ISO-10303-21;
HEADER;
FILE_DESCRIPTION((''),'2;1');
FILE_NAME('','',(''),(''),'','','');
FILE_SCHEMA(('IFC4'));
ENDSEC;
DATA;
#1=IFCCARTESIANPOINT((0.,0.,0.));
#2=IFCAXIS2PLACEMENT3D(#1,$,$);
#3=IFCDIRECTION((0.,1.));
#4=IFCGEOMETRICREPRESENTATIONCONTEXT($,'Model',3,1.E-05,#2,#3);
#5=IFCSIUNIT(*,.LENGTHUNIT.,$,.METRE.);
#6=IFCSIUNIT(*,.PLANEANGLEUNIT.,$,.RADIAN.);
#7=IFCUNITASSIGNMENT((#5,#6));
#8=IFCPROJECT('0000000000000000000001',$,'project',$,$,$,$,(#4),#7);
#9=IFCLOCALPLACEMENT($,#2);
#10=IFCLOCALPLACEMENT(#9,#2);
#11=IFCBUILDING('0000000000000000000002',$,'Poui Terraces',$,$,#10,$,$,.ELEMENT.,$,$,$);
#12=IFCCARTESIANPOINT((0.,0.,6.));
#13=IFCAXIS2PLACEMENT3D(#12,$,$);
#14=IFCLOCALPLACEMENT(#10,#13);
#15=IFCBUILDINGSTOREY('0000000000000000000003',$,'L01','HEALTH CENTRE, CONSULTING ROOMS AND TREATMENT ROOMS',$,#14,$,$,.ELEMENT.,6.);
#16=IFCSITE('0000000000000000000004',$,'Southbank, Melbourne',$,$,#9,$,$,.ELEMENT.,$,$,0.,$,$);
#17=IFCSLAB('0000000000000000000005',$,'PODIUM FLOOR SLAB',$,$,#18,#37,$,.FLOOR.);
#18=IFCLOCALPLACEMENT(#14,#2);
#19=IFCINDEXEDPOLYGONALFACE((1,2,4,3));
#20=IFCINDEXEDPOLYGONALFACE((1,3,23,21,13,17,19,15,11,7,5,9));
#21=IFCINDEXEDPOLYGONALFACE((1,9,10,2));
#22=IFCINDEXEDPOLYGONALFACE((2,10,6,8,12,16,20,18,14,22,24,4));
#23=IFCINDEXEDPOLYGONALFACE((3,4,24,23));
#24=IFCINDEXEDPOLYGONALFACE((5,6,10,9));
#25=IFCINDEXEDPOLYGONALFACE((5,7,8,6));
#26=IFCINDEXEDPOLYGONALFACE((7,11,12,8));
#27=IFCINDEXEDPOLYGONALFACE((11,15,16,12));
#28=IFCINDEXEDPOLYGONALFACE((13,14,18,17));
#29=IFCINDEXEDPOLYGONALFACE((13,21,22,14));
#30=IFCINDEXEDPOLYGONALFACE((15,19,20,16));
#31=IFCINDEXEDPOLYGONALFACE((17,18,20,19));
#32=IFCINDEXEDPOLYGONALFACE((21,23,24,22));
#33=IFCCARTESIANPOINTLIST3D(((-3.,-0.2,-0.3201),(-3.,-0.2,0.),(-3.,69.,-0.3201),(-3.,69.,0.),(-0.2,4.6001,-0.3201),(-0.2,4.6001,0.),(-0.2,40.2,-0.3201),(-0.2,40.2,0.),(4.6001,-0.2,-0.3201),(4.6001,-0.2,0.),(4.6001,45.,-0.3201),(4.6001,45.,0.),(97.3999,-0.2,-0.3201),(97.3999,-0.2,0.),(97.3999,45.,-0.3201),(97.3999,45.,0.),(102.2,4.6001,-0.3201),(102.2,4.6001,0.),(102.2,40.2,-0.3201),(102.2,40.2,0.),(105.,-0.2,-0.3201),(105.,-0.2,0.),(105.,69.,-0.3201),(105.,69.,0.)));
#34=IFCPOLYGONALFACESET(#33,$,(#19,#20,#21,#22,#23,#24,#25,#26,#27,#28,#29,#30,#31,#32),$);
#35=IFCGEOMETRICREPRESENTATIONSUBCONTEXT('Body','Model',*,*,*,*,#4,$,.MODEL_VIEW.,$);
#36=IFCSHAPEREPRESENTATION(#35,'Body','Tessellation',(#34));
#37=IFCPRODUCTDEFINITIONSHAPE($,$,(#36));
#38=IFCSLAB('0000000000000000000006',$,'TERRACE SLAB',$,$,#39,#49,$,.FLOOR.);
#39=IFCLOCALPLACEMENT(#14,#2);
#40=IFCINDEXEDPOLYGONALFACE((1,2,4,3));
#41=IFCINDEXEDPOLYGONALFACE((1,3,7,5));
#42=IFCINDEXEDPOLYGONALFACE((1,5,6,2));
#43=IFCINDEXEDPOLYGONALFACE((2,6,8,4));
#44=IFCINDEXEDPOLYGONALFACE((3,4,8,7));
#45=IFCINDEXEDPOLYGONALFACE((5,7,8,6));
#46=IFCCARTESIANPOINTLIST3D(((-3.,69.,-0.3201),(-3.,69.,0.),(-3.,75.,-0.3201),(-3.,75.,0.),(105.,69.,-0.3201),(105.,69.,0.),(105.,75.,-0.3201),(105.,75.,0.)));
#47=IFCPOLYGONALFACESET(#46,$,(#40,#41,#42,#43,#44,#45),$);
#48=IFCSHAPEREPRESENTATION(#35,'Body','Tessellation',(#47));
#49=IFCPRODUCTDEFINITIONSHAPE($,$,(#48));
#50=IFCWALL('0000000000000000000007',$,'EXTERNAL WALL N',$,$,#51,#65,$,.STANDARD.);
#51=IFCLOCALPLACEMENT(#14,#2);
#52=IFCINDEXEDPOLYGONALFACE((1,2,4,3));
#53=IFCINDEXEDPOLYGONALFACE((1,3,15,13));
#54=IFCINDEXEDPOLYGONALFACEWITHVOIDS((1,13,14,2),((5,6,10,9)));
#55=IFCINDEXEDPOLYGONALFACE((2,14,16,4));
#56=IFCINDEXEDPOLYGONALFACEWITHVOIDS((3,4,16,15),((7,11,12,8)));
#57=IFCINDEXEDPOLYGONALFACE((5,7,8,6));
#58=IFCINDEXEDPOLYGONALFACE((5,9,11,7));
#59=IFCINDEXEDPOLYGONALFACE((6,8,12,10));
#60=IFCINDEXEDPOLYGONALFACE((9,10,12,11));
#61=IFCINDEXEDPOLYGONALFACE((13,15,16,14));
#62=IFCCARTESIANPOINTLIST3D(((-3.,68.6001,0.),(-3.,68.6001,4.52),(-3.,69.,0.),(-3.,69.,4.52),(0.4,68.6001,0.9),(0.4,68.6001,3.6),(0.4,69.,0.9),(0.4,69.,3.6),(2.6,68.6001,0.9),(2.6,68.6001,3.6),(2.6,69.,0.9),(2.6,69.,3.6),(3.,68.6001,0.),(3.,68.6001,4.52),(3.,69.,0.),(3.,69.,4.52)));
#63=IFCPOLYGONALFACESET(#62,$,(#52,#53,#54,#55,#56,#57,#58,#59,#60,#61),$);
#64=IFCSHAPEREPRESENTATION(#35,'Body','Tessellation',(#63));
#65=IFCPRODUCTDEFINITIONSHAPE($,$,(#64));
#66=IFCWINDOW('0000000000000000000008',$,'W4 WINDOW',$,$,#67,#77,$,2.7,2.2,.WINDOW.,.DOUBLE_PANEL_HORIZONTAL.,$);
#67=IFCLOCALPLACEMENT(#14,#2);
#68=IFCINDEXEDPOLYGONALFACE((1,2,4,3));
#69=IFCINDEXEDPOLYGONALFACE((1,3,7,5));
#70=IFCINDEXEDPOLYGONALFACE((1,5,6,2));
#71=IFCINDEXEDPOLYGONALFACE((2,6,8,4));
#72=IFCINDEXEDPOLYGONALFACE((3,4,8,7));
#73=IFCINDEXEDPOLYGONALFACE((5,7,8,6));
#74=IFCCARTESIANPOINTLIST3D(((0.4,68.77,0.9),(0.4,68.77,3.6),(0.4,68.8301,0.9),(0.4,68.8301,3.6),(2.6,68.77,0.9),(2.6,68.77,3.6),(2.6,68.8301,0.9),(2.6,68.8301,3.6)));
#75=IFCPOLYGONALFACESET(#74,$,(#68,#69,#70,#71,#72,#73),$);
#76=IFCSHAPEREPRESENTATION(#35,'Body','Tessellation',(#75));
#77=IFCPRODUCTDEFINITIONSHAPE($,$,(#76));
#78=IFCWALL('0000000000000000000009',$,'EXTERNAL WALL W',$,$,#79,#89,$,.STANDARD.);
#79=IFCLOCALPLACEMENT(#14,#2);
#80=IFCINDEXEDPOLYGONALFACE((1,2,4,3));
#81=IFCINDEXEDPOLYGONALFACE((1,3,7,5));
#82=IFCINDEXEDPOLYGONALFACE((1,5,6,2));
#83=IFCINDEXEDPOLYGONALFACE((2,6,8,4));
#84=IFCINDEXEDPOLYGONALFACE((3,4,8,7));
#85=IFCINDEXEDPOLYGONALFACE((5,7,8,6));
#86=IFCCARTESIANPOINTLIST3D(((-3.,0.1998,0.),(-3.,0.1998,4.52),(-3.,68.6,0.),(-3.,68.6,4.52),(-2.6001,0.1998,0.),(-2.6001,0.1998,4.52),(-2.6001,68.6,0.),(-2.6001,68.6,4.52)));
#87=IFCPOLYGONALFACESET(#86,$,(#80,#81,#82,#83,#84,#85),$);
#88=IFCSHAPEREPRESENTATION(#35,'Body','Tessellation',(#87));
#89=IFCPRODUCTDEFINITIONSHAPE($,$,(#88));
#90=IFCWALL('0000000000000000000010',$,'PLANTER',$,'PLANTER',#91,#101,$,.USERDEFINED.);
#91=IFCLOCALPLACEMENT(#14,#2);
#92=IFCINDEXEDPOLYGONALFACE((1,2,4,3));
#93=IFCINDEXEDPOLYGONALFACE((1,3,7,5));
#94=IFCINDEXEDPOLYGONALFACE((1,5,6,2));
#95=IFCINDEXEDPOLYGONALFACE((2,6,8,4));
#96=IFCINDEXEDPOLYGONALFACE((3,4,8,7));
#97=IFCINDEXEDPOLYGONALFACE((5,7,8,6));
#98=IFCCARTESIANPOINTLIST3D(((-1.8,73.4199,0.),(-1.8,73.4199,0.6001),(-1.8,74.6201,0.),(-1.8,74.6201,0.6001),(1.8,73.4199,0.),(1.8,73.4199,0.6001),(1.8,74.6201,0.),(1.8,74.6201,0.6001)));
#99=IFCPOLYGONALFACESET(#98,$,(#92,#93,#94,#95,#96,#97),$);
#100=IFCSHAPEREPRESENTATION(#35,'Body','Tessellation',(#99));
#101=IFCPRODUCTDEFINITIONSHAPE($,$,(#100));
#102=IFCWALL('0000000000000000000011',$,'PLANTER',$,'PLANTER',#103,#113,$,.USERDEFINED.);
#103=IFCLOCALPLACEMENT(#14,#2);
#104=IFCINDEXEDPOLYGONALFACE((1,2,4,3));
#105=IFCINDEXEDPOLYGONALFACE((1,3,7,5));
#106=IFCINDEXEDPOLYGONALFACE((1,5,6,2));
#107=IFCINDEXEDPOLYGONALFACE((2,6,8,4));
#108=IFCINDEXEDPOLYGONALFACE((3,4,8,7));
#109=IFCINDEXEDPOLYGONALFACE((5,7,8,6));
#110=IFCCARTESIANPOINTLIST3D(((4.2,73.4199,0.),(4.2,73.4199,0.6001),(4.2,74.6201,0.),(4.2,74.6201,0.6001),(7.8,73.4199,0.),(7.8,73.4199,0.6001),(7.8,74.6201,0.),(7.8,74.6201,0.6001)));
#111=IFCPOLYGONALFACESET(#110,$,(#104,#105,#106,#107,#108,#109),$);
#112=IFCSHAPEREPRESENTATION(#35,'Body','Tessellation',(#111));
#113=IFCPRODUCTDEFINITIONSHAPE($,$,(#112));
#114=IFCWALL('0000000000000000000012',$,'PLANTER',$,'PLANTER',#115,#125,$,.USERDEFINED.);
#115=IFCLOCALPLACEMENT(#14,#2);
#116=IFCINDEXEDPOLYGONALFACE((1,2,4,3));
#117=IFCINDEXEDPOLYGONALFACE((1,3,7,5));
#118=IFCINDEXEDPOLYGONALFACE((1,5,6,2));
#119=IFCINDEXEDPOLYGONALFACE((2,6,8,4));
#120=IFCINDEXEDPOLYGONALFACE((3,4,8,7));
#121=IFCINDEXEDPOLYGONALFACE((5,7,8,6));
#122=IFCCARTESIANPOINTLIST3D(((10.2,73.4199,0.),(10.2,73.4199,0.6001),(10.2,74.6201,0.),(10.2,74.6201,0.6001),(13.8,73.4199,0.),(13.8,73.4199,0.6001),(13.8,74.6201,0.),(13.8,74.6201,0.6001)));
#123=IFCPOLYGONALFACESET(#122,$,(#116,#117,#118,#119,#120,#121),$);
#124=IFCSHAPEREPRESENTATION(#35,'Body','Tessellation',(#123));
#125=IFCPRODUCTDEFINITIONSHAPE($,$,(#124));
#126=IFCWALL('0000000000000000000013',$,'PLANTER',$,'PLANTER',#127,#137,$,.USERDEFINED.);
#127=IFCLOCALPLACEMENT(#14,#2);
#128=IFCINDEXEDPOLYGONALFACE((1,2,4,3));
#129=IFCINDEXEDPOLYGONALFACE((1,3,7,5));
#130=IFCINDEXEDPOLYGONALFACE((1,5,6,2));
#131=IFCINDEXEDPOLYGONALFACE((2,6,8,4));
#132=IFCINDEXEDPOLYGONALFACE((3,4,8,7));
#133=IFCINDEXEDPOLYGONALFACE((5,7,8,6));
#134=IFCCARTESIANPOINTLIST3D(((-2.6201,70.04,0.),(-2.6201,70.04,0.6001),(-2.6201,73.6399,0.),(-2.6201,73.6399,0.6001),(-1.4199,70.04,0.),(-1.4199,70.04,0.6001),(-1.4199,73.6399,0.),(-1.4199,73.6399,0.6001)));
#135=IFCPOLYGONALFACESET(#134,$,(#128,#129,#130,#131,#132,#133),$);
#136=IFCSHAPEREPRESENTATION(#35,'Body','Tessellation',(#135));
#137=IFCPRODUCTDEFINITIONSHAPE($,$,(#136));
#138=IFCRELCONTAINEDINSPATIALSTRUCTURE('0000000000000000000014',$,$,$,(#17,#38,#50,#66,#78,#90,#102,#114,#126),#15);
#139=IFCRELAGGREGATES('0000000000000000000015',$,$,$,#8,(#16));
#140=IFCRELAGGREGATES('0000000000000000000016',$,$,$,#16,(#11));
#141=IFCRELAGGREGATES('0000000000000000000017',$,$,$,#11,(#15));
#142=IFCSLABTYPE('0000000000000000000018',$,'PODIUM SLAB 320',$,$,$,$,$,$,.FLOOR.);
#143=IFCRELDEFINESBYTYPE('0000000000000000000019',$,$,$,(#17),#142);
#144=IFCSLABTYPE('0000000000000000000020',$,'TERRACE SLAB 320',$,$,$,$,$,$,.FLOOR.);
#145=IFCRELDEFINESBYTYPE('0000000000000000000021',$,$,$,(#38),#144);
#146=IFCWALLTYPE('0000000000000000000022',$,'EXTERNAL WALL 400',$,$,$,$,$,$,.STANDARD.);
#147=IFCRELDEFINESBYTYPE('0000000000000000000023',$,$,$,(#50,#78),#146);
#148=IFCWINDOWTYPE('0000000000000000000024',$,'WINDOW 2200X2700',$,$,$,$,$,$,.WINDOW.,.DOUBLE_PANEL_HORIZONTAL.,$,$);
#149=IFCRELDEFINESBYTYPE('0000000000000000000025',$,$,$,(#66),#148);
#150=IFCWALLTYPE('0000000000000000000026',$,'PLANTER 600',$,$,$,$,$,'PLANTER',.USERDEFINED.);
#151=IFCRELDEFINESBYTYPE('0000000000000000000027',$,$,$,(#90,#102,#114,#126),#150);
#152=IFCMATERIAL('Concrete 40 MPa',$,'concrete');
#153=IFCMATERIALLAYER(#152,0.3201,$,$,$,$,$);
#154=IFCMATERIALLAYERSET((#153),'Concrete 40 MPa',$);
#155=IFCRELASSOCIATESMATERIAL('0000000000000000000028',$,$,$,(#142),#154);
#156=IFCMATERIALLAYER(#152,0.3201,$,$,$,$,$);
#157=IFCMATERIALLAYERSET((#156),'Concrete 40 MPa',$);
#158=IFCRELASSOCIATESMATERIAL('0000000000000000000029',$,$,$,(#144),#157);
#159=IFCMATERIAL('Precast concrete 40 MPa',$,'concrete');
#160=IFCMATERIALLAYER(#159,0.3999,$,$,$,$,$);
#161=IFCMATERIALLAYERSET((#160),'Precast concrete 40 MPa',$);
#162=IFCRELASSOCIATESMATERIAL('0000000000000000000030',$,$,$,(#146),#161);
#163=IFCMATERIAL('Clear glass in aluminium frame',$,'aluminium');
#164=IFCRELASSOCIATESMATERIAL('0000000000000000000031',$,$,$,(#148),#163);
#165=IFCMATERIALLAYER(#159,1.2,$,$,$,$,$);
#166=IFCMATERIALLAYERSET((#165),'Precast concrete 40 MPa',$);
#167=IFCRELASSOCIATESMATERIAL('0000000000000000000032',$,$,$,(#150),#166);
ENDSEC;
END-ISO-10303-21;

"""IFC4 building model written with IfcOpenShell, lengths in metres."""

from ifc_helpers import new_model, si_unit, direction, frame, frame_2d, origin, place, context, subcontext, project, spatial, polyline, rectangle, outline, extrude, source, transform, mapped, material, layer, layer_set, type_object, element, fill, save


model = new_model("IFC4")

# Units and contexts
model_context = context("Model", 3, precision=1e-05, world=origin(), true_north=direction((0.0, 1.0)))
body_context = subcontext(model_context, "Body", "Model", "MODEL_VIEW")
ifc_project = project(units=[si_unit("LENGTHUNIT", "METRE"), si_unit("PLANEANGLEUNIT", "RADIAN")], contexts=[model_context])

# Site, building, storey
site_placement = place(None, origin())
site = spatial("IfcSite", under=ifc_project, at=site_placement, Name="Southbank, Melbourne", CompositionType="ELEMENT", RefElevation=0.0)
building_placement = place(site_placement, origin())
building = spatial("IfcBuilding", under=site, at=building_placement, Name="Poui Terraces", CompositionType="ELEMENT")
storey_placement = place(building_placement, frame((0.0, 0.0, 6.0)))
storey = spatial("IfcBuildingStorey", under=building, at=storey_placement, Name="L01", Description="HEALTH CENTRE, CONSULTING ROOMS AND TREATMENT ROOMS", CompositionType="ELEMENT", Elevation=6.0)

# Slabs
ifc_material_1 = material(Name="Concrete 40 MPa", Category="concrete")
ifc_layer_1 = layer(ifc_material_1, 0.3201)
ifc_layer_set_1 = layer_set([ifc_layer_1], Name="Concrete 40 MPa")
slab_type_1 = type_object("IfcSlabType", Name="PODIUM SLAB 320", PredefinedType="FLOOR", material=ifc_layer_set_1)
shared_shape_1 = source(origin(), body_context, "Body", "SweptSolid", [
    extrude(outline(polyline([(0.0, 0.0), (0.0, -69.2), (7.6001, -69.2), (2.8, -64.3999), (2.8, -28.8), (7.6001, -24.0), (100.3999, -24.0), (105.2, -28.8), (105.2, -64.3999), (100.3999, -69.2), (108.0, -69.2), (108.0, 0.0), (0.0, 0.0)])), origin(), (0.0, 0.0, 1.0), 0.3201),
])
slab_1_placement = place(storey_placement, frame((-3.0, 69.0, -0.3201)))
element("IfcSlab", 1, at=slab_1_placement, inside=storey, type_object=slab_type_1, Name="PODIUM FLOOR SLAB", PredefinedType="FLOOR", context=body_context, shape_type="MappedRepresentation", body=[
    mapped(shared_shape_1, transform((0.0, 0.0, 0.0))),
])
ifc_layer_2 = layer(ifc_material_1, 0.3201)
ifc_layer_set_2 = layer_set([ifc_layer_2], Name="Concrete 40 MPa")
slab_type_2 = type_object("IfcSlabType", Name="TERRACE SLAB 320", PredefinedType="FLOOR", material=ifc_layer_set_2)
shared_shape_2 = source(origin(), body_context, "Body", "SweptSolid", [
    extrude(outline(polyline([(0.0, 0.0), (0.0, -6.0), (108.0, -6.0), (108.0, 0.0), (0.0, 0.0)])), origin(), (0.0, 0.0, 1.0), 0.3201),
])
slab_2_placement = place(storey_placement, frame((-3.0, 75.0, -0.3201)))
element("IfcSlab", 2, at=slab_2_placement, inside=storey, type_object=slab_type_2, Name="TERRACE SLAB", PredefinedType="FLOOR", context=body_context, shape_type="MappedRepresentation", body=[
    mapped(shared_shape_2, transform((0.0, 0.0, 0.0))),
])

# Wall, opening, window
ifc_material_2 = material(Name="Precast concrete 40 MPa", Category="concrete")
ifc_layer_3 = layer(ifc_material_2, 0.3999)
ifc_layer_set_3 = layer_set([ifc_layer_3], Name="Precast concrete 40 MPa")
wall_type_1 = type_object("IfcWallType", Name="EXTERNAL WALL 400", PredefinedType="STANDARD", material=ifc_layer_set_3)
wall_1_placement = place(storey_placement, frame((3.0, 68.8, 0.0), z_axis=(0.0, 0.0, 1.0), x_axis=(-1.0, 0.0, 0.0)))
wall_1 = element("IfcWall", 3, at=wall_1_placement, inside=storey, type_object=wall_type_1, Name="EXTERNAL WALL N", PredefinedType="STANDARD", context=body_context, shape_type="SweptSolid", body=[
    extrude(rectangle(XDim=6.0, YDim=0.3999, at=frame_2d((3.0, 0.0))), origin(), (0.0, 0.0, 1.0), 4.52),
])
opening_placement = place(wall_1_placement, frame((0.3999, 0.0, 0.8999)))
opening = element("IfcOpeningElement", 4, at=opening_placement, cuts=wall_1, PredefinedType="OPENING", context=body_context, shape_type="SweptSolid", body=[
    extrude(rectangle(XDim=2.2, YDim=2.7, at=frame_2d((1.1001, 1.3501))), frame((0.0, 0.21, 0.0), z_axis=(0.0, -1.0, 0.0), x_axis=(1.0, 0.0, 0.0)), (0.0, 0.0, 1.0), 0.4199),
])
ifc_material_3 = material(Name="Clear glass in aluminium frame", Category="aluminium")
window_type = type_object("IfcWindowType", Name="WINDOW 2200X2700", PartitioningType="DOUBLE_PANEL_HORIZONTAL", PredefinedType="WINDOW", material=ifc_material_3)
window_placement = place(opening_placement, origin())
window = element("IfcWindow", 5, at=window_placement, inside=storey, type_object=window_type, Name="W4 WINDOW", OverallHeight=2.7, OverallWidth=2.2, PartitioningType="DOUBLE_PANEL_HORIZONTAL", PredefinedType="WINDOW", context=body_context, shape_type="SweptSolid", body=[
    extrude(rectangle(XDim=2.2, YDim=2.7, at=frame_2d((1.1001, 1.3501))), frame((0.0, 0.03, 0.0), z_axis=(0.0, -1.0, 0.0), x_axis=(1.0, 0.0, 0.0)), (0.0, 0.0, 1.0), 0.0601),
])
fill(opening, window)

# Walls
wall_2_placement = place(storey_placement, frame((-2.8, 68.6001, 0.0), z_axis=(0.0, 0.0, 1.0), x_axis=(0.0, -1.0, 0.0)))
element("IfcWall", 6, at=wall_2_placement, inside=storey, type_object=wall_type_1, Name="EXTERNAL WALL W", PredefinedType="STANDARD", context=body_context, shape_type="SweptSolid", body=[
    extrude(rectangle(XDim=68.4001, YDim=0.3999, at=frame_2d((34.2002, 0.0))), origin(), (0.0, 0.0, 1.0), 4.52),
])
ifc_layer_4 = layer(ifc_material_2, 1.2)
ifc_layer_set_4 = layer_set([ifc_layer_4], Name="Precast concrete 40 MPa")
wall_type_2 = type_object("IfcWallType", Name="PLANTER 600", ElementType="PLANTER", PredefinedType="USERDEFINED", material=ifc_layer_set_4)
shared_shape_3 = source(origin(), body_context, "Body", "SweptSolid", [
    extrude(outline(polyline([(0.0, 0.0), (3.6001, 0.0), (3.6001, 1.2002), (0.0, 1.2002), (0.0, 0.0)])), origin(), (0.0, 0.0, 1.0), 0.6001),
])
for number, where, name in (
    (7, (-1.8, 73.4199, 0.0), "PLANTER"),
    (8, (4.2, 73.4199, 0.0), "PLANTER"),
    (9, (10.2, 73.4199, 0.0), "PLANTER"),
):
    element("IfcWall", number, at=place(storey_placement, frame(where)), inside=storey, type_object=wall_type_2, Name=name, ObjectType="PLANTER", PredefinedType="USERDEFINED", context=body_context, shape_type="MappedRepresentation", body=[
        mapped(shared_shape_3, transform((0.0, 0.0, 0.0))),
    ])
shared_shape_4 = source(origin(), body_context, "Body", "SweptSolid", [
    extrude(outline(polyline([(0.0, 0.0), (1.2002, 0.0), (1.2002, 3.5999), (0.0, 3.5999), (0.0, 0.0)])), origin(), (0.0, 0.0, 1.0), 0.6001),
])
wall_3_placement = place(storey_placement, frame((-2.6201, 70.04, 0.0)))
element("IfcWall", 10, at=wall_3_placement, inside=storey, type_object=wall_type_2, Name="PLANTER", ObjectType="PLANTER", PredefinedType="USERDEFINED", context=body_context, shape_type="MappedRepresentation", body=[
    mapped(shared_shape_4, transform((0.0, 0.0, 0.0))),
])

save(model, "model.ifc")
